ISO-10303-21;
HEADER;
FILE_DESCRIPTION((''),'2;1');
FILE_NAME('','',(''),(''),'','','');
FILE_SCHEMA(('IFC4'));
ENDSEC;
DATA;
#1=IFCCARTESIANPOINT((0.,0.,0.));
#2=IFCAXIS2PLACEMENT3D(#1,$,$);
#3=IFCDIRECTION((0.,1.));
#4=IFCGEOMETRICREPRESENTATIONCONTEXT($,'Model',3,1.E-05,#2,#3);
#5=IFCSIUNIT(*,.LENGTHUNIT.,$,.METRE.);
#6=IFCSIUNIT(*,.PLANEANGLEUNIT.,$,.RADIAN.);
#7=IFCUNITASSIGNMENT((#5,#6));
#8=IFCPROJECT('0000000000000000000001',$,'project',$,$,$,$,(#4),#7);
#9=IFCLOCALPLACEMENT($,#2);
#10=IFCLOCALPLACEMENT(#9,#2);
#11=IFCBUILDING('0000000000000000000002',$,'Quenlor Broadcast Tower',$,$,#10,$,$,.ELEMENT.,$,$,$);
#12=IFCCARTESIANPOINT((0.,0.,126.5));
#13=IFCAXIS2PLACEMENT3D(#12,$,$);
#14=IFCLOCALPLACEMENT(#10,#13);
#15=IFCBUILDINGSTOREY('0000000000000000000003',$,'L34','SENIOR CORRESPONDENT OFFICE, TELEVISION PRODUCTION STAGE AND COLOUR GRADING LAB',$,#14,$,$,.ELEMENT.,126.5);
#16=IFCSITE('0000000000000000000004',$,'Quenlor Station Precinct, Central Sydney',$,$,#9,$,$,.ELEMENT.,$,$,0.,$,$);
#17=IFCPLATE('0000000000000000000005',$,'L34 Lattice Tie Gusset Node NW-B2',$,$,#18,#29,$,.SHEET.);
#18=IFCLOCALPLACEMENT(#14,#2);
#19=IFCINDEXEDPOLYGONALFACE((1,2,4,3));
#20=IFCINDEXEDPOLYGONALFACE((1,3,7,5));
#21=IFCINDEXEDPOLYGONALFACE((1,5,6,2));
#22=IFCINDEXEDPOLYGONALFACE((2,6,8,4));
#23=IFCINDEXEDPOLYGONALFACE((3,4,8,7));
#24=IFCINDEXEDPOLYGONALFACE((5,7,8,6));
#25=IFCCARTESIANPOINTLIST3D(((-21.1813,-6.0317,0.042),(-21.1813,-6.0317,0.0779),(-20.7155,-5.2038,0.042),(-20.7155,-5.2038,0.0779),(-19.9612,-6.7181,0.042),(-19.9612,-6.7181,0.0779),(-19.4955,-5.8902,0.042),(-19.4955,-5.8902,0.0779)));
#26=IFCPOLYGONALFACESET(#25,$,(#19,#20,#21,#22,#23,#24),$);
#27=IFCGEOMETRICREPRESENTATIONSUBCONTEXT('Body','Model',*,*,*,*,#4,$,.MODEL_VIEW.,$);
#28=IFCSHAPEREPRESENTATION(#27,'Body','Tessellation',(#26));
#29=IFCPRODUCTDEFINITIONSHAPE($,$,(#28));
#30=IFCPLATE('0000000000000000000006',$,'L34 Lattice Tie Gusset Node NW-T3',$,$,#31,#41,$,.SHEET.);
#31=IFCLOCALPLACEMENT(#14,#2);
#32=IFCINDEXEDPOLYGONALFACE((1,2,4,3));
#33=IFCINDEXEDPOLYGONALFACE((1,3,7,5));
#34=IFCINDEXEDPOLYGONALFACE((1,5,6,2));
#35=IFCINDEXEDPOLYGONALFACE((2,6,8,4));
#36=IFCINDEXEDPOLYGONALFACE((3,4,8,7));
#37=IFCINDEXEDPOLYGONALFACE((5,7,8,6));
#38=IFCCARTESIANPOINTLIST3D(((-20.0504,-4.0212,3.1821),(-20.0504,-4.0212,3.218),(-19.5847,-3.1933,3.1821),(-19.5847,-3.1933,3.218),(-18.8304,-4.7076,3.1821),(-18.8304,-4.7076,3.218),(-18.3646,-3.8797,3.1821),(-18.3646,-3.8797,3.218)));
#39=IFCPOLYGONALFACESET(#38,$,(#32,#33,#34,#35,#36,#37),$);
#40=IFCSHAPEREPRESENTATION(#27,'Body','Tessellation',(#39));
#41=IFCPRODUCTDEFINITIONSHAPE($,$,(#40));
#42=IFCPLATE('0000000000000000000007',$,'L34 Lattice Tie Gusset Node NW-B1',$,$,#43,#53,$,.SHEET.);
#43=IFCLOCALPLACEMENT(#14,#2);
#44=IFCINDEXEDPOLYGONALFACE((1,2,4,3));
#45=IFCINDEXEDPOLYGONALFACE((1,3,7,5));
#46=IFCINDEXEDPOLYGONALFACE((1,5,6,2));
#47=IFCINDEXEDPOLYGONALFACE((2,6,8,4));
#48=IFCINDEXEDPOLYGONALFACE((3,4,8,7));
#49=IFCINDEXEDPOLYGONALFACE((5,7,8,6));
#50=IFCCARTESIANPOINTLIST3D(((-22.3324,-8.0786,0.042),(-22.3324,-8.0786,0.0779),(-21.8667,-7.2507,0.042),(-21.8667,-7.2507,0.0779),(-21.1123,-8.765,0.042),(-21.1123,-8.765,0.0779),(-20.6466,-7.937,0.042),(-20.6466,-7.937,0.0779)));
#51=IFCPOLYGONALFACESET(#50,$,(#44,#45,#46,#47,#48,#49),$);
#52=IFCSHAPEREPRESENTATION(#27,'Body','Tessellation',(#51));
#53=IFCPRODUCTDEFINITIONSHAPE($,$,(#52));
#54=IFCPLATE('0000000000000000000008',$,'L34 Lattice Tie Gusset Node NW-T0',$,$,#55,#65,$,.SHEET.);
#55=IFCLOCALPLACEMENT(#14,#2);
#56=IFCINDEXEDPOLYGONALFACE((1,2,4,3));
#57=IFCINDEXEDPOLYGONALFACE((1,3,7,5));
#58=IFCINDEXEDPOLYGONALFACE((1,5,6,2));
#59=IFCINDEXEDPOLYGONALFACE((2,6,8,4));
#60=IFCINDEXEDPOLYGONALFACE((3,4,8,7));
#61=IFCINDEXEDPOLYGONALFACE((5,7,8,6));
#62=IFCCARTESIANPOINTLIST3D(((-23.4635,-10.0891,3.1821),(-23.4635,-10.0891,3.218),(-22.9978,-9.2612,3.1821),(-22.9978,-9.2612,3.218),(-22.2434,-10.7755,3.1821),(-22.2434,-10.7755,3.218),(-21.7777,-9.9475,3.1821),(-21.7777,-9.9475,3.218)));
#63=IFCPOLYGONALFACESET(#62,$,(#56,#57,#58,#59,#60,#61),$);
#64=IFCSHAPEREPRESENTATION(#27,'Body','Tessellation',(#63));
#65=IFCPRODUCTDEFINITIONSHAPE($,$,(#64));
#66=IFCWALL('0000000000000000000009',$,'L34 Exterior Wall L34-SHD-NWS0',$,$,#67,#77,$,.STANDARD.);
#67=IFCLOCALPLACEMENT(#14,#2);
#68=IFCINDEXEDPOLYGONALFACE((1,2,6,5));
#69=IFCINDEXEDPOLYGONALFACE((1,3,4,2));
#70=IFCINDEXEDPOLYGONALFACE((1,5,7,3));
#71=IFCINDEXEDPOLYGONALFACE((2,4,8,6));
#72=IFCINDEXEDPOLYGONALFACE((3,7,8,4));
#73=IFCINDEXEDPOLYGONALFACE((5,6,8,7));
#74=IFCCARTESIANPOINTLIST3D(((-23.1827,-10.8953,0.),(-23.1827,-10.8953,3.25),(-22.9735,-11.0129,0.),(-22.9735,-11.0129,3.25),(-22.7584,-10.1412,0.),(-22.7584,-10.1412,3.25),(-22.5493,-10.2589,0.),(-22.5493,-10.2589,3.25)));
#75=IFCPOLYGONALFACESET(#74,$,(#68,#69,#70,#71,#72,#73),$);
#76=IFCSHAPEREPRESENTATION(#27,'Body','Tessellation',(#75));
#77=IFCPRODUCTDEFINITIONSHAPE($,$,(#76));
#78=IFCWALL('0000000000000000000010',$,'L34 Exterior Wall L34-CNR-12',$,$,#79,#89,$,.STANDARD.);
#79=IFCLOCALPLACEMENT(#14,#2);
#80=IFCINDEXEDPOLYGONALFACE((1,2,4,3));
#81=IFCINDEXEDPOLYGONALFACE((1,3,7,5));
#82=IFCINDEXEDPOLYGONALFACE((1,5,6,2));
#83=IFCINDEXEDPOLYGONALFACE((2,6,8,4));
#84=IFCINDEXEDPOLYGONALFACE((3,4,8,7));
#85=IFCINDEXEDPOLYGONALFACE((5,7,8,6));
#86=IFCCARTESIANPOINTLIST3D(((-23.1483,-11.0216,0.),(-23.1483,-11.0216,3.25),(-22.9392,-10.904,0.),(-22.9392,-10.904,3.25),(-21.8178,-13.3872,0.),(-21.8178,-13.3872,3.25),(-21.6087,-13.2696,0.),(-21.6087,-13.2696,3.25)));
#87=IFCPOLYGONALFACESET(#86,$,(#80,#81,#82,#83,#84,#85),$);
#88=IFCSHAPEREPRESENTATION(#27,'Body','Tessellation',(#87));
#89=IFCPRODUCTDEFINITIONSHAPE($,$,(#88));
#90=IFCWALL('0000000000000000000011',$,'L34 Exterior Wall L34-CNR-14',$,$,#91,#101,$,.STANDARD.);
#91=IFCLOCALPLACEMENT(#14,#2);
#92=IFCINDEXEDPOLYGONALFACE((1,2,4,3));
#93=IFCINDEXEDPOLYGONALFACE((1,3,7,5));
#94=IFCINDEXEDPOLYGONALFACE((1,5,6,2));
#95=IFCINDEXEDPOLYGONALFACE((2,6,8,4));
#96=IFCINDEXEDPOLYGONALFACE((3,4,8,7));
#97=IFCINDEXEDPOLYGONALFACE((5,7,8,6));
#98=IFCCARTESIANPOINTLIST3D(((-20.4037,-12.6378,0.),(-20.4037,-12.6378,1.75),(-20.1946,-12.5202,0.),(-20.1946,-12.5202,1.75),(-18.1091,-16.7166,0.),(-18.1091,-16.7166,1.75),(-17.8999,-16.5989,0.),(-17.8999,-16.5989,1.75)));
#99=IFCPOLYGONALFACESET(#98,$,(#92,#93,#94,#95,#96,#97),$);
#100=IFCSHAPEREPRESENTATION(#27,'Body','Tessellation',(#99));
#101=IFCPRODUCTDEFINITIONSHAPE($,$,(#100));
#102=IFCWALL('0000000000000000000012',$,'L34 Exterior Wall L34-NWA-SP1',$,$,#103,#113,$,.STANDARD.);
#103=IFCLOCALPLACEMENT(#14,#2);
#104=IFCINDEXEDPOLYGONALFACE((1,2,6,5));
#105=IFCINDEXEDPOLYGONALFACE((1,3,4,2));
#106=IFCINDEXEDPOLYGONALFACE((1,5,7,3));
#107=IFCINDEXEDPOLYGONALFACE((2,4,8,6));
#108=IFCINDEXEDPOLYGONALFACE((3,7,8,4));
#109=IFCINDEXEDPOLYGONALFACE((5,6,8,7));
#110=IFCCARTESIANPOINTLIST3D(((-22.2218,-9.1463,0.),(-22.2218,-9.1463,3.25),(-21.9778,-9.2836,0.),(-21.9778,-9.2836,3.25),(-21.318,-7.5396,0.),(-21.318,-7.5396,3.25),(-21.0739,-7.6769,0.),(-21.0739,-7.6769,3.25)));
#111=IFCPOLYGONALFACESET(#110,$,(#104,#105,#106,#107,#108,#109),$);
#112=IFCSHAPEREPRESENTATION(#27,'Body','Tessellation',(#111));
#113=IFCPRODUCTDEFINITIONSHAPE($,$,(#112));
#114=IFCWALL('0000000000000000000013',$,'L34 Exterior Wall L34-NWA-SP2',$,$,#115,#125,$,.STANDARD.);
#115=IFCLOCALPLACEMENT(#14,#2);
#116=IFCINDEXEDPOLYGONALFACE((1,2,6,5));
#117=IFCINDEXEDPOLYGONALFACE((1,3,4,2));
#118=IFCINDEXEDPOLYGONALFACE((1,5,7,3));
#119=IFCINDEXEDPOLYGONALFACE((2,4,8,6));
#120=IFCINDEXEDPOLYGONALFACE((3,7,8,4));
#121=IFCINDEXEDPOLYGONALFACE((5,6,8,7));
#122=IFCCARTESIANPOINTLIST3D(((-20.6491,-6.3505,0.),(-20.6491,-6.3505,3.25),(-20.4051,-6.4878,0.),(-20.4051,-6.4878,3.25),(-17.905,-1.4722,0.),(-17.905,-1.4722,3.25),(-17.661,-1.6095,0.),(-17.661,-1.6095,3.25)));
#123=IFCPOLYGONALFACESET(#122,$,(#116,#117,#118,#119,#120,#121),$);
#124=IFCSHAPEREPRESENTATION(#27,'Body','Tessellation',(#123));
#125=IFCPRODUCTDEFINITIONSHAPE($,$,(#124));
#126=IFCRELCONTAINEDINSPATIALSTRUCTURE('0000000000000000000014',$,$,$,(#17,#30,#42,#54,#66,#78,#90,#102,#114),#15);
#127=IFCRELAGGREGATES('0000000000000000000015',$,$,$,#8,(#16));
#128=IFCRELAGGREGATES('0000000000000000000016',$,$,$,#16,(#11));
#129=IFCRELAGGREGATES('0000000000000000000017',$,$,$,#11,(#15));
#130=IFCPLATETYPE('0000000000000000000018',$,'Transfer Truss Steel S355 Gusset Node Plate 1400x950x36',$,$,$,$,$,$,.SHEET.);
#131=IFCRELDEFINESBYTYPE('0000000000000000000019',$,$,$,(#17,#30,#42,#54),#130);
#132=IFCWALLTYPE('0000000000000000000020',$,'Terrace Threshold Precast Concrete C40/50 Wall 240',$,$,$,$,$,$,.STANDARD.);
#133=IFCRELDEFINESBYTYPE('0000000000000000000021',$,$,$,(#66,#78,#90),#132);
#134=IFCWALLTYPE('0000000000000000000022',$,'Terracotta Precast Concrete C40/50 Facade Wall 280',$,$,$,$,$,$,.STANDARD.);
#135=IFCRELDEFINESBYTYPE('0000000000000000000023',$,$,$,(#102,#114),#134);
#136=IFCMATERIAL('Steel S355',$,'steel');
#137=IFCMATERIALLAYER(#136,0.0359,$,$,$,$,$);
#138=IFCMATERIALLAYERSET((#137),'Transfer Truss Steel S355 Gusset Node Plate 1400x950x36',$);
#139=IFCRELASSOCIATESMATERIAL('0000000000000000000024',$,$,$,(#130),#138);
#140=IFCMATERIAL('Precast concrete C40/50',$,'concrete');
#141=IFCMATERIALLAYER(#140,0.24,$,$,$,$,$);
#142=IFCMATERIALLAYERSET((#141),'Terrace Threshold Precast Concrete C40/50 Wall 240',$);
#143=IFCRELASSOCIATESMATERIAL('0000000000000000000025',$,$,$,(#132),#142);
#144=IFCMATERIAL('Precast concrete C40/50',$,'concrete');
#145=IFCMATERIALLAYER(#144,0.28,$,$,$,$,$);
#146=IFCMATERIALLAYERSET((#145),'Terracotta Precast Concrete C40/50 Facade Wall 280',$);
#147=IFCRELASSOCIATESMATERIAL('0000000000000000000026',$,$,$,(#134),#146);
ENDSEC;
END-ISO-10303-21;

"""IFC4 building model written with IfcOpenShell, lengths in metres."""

from ifc_helpers import new_model, si_unit, direction, frame, frame_2d, origin, origin_2d, place, context, subcontext, project, spatial, rectangle, extrude, material, layer, layer_set, type_object, element, save


model = new_model("IFC4")

# Units and contexts
model_context = context("Model", 3, precision=1e-05, world=origin(), true_north=direction((0.0, 1.0)))
body_context = subcontext(model_context, "Body", "Model", "MODEL_VIEW")
ifc_project = project(units=[si_unit("LENGTHUNIT", "METRE"), si_unit("PLANEANGLEUNIT", "RADIAN")], contexts=[model_context])

# Site, building, storey
site_placement = place(None, origin())
site = spatial("IfcSite", under=ifc_project, at=site_placement, Name="Quenlor Station Precinct, Central Sydney", CompositionType="ELEMENT", RefElevation=0.0)
building_placement = place(site_placement, origin())
building = spatial("IfcBuilding", under=site, at=building_placement, Name="Quenlor Broadcast Tower", CompositionType="ELEMENT")
storey_placement = place(building_placement, frame((0.0, 0.0, 126.5)))
storey = spatial("IfcBuildingStorey", under=building, at=storey_placement, Name="L34", Description="SENIOR CORRESPONDENT OFFICE, TELEVISION PRODUCTION STAGE AND COLOUR GRADING LAB", CompositionType="ELEMENT", Elevation=126.5)

# Plates
ifc_material_1 = material(Name="Steel S355", Category="steel")
ifc_layer_1 = layer(ifc_material_1, 0.0359)
ifc_layer_set_1 = layer_set([ifc_layer_1], Name="Transfer Truss Steel S355 Gusset Node Plate 1400x950x36")
plate_type_1 = type_object("IfcPlateType", Name="Transfer Truss Steel S355 Gusset Node Plate 1400x950x36", PredefinedType="SHEET", material=ifc_layer_set_1)
for number, where, z_axis, x_axis, name in (
    (1, (-20.3384, -5.9609, 0.042), (0.0, 0.0, 1.0), (-0.871556, 0.490295, 0.0), "L34 Lattice Tie Gusset Node NW-B2"),
    (2, (-19.2075, -3.9504, 3.1821), (0.0, 0.0, 1.0), (-0.871556, 0.490295, 0.0), "L34 Lattice Tie Gusset Node NW-T3"),
    (3, (-21.4895, -8.0078, 0.042), (0.0, 0.0, 1.0), (-0.871556, 0.490295, 0.0), "L34 Lattice Tie Gusset Node NW-B1"),
    (4, (-22.6206, -10.0183, 3.1821), (0.0, 0.0, 1.0), (-0.871556, 0.490295, 0.0), "L34 Lattice Tie Gusset Node NW-T0"),
):
    element("IfcPlate", number, at=place(storey_placement, frame(where, z_axis=z_axis, x_axis=x_axis)), inside=storey, type_object=plate_type_1, Name=name, PredefinedType="SHEET", context=body_context, shape_type="SweptSolid", body=[
        extrude(rectangle(XDim=1.3999, YDim=0.95, at=origin_2d()), origin(), (0.0, 0.0, 1.0), 0.0359),
    ])

# Walls
ifc_material_2 = material(Name="Precast concrete C40/50", Category="concrete")
ifc_layer_2 = layer(ifc_material_2, 0.24)
ifc_layer_set_2 = layer_set([ifc_layer_2], Name="Terrace Threshold Precast Concrete C40/50 Wall 240")
wall_type_1 = type_object("IfcWallType", Name="Terrace Threshold Precast Concrete C40/50 Wall 240", PredefinedType="STANDARD", material=ifc_layer_set_2)
wall_1_placement = place(storey_placement, frame((-23.0781, -10.9541, 0.0), z_axis=(0.0, 0.0, 1.0), x_axis=(0.490355, 0.871523, 0.0)))
element("IfcWall", 5, at=wall_1_placement, inside=storey, type_object=wall_type_1, Name="L34 Exterior Wall L34-SHD-NWS0", PredefinedType="STANDARD", context=body_context, shape_type="SweptSolid", body=[
    extrude(rectangle(XDim=0.8652, YDim=0.24, at=frame_2d((0.4326, 0.0))), origin(), (0.0, 0.0, 1.0), 3.25),
])
wall_2_placement = place(storey_placement, frame((-23.0437, -10.9629, 0.0), z_axis=(0.0, 0.0, 1.0), x_axis=(0.490219, -0.8716, 0.0)))
element("IfcWall", 6, at=wall_2_placement, inside=storey, type_object=wall_type_1, Name="L34 Exterior Wall L34-CNR-12", PredefinedType="STANDARD", context=body_context, shape_type="SweptSolid", body=[
    extrude(rectangle(XDim=2.7141, YDim=0.24, at=frame_2d((1.3569, 0.0))), origin(), (0.0, 0.0, 1.0), 3.25),
])
wall_3_placement = place(storey_placement, frame((-20.2991, -12.5791, 0.0), z_axis=(0.0, 0.0, 1.0), x_axis=(0.490313, -0.871546, 0.0)))
element("IfcWall", 7, at=wall_3_placement, inside=storey, type_object=wall_type_1, Name="L34 Exterior Wall L34-CNR-14", PredefinedType="STANDARD", context=body_context, shape_type="SweptSolid", body=[
    extrude(rectangle(XDim=4.6799, YDim=0.24, at=frame_2d((2.3398, 0.0))), origin(), (0.0, 0.0, 1.0), 1.75),
])
ifc_material_3 = material(Name="Precast concrete C40/50", Category="concrete")
ifc_layer_3 = layer(ifc_material_3, 0.28)
ifc_layer_set_3 = layer_set([ifc_layer_3], Name="Terracotta Precast Concrete C40/50 Facade Wall 280")
wall_type_2 = type_object("IfcWallType", Name="Terracotta Precast Concrete C40/50 Facade Wall 280", PredefinedType="STANDARD", material=ifc_layer_set_3)
wall_4_placement = place(storey_placement, frame((-22.0999, -9.2151, 0.0), z_axis=(0.0, 0.0, 1.0), x_axis=(0.49028, 0.871565, 0.0)))
element("IfcWall", 8, at=wall_4_placement, inside=storey, type_object=wall_type_2, Name="L34 Exterior Wall L34-NWA-SP1", PredefinedType="STANDARD", context=body_context, shape_type="SweptSolid", body=[
    extrude(rectangle(XDim=1.8435, YDim=0.28, at=frame_2d((0.9219, 0.0))), origin(), (0.0, 0.0, 1.0), 3.25),
])
wall_5_placement = place(storey_placement, frame((-20.5271, -6.4192, 0.0), z_axis=(0.0, 0.0, 1.0), x_axis=(0.490265, 0.871573, 0.0)))
element("IfcWall", 9, at=wall_5_placement, inside=storey, type_object=wall_type_2, Name="L34 Exterior Wall L34-NWA-SP2", PredefinedType="STANDARD", context=body_context, shape_type="SweptSolid", body=[
    extrude(rectangle(XDim=5.5972, YDim=0.28, at=frame_2d((2.7986, 0.0))), origin(), (0.0, 0.0, 1.0), 3.25),
])

save(model, "model.ifc")
